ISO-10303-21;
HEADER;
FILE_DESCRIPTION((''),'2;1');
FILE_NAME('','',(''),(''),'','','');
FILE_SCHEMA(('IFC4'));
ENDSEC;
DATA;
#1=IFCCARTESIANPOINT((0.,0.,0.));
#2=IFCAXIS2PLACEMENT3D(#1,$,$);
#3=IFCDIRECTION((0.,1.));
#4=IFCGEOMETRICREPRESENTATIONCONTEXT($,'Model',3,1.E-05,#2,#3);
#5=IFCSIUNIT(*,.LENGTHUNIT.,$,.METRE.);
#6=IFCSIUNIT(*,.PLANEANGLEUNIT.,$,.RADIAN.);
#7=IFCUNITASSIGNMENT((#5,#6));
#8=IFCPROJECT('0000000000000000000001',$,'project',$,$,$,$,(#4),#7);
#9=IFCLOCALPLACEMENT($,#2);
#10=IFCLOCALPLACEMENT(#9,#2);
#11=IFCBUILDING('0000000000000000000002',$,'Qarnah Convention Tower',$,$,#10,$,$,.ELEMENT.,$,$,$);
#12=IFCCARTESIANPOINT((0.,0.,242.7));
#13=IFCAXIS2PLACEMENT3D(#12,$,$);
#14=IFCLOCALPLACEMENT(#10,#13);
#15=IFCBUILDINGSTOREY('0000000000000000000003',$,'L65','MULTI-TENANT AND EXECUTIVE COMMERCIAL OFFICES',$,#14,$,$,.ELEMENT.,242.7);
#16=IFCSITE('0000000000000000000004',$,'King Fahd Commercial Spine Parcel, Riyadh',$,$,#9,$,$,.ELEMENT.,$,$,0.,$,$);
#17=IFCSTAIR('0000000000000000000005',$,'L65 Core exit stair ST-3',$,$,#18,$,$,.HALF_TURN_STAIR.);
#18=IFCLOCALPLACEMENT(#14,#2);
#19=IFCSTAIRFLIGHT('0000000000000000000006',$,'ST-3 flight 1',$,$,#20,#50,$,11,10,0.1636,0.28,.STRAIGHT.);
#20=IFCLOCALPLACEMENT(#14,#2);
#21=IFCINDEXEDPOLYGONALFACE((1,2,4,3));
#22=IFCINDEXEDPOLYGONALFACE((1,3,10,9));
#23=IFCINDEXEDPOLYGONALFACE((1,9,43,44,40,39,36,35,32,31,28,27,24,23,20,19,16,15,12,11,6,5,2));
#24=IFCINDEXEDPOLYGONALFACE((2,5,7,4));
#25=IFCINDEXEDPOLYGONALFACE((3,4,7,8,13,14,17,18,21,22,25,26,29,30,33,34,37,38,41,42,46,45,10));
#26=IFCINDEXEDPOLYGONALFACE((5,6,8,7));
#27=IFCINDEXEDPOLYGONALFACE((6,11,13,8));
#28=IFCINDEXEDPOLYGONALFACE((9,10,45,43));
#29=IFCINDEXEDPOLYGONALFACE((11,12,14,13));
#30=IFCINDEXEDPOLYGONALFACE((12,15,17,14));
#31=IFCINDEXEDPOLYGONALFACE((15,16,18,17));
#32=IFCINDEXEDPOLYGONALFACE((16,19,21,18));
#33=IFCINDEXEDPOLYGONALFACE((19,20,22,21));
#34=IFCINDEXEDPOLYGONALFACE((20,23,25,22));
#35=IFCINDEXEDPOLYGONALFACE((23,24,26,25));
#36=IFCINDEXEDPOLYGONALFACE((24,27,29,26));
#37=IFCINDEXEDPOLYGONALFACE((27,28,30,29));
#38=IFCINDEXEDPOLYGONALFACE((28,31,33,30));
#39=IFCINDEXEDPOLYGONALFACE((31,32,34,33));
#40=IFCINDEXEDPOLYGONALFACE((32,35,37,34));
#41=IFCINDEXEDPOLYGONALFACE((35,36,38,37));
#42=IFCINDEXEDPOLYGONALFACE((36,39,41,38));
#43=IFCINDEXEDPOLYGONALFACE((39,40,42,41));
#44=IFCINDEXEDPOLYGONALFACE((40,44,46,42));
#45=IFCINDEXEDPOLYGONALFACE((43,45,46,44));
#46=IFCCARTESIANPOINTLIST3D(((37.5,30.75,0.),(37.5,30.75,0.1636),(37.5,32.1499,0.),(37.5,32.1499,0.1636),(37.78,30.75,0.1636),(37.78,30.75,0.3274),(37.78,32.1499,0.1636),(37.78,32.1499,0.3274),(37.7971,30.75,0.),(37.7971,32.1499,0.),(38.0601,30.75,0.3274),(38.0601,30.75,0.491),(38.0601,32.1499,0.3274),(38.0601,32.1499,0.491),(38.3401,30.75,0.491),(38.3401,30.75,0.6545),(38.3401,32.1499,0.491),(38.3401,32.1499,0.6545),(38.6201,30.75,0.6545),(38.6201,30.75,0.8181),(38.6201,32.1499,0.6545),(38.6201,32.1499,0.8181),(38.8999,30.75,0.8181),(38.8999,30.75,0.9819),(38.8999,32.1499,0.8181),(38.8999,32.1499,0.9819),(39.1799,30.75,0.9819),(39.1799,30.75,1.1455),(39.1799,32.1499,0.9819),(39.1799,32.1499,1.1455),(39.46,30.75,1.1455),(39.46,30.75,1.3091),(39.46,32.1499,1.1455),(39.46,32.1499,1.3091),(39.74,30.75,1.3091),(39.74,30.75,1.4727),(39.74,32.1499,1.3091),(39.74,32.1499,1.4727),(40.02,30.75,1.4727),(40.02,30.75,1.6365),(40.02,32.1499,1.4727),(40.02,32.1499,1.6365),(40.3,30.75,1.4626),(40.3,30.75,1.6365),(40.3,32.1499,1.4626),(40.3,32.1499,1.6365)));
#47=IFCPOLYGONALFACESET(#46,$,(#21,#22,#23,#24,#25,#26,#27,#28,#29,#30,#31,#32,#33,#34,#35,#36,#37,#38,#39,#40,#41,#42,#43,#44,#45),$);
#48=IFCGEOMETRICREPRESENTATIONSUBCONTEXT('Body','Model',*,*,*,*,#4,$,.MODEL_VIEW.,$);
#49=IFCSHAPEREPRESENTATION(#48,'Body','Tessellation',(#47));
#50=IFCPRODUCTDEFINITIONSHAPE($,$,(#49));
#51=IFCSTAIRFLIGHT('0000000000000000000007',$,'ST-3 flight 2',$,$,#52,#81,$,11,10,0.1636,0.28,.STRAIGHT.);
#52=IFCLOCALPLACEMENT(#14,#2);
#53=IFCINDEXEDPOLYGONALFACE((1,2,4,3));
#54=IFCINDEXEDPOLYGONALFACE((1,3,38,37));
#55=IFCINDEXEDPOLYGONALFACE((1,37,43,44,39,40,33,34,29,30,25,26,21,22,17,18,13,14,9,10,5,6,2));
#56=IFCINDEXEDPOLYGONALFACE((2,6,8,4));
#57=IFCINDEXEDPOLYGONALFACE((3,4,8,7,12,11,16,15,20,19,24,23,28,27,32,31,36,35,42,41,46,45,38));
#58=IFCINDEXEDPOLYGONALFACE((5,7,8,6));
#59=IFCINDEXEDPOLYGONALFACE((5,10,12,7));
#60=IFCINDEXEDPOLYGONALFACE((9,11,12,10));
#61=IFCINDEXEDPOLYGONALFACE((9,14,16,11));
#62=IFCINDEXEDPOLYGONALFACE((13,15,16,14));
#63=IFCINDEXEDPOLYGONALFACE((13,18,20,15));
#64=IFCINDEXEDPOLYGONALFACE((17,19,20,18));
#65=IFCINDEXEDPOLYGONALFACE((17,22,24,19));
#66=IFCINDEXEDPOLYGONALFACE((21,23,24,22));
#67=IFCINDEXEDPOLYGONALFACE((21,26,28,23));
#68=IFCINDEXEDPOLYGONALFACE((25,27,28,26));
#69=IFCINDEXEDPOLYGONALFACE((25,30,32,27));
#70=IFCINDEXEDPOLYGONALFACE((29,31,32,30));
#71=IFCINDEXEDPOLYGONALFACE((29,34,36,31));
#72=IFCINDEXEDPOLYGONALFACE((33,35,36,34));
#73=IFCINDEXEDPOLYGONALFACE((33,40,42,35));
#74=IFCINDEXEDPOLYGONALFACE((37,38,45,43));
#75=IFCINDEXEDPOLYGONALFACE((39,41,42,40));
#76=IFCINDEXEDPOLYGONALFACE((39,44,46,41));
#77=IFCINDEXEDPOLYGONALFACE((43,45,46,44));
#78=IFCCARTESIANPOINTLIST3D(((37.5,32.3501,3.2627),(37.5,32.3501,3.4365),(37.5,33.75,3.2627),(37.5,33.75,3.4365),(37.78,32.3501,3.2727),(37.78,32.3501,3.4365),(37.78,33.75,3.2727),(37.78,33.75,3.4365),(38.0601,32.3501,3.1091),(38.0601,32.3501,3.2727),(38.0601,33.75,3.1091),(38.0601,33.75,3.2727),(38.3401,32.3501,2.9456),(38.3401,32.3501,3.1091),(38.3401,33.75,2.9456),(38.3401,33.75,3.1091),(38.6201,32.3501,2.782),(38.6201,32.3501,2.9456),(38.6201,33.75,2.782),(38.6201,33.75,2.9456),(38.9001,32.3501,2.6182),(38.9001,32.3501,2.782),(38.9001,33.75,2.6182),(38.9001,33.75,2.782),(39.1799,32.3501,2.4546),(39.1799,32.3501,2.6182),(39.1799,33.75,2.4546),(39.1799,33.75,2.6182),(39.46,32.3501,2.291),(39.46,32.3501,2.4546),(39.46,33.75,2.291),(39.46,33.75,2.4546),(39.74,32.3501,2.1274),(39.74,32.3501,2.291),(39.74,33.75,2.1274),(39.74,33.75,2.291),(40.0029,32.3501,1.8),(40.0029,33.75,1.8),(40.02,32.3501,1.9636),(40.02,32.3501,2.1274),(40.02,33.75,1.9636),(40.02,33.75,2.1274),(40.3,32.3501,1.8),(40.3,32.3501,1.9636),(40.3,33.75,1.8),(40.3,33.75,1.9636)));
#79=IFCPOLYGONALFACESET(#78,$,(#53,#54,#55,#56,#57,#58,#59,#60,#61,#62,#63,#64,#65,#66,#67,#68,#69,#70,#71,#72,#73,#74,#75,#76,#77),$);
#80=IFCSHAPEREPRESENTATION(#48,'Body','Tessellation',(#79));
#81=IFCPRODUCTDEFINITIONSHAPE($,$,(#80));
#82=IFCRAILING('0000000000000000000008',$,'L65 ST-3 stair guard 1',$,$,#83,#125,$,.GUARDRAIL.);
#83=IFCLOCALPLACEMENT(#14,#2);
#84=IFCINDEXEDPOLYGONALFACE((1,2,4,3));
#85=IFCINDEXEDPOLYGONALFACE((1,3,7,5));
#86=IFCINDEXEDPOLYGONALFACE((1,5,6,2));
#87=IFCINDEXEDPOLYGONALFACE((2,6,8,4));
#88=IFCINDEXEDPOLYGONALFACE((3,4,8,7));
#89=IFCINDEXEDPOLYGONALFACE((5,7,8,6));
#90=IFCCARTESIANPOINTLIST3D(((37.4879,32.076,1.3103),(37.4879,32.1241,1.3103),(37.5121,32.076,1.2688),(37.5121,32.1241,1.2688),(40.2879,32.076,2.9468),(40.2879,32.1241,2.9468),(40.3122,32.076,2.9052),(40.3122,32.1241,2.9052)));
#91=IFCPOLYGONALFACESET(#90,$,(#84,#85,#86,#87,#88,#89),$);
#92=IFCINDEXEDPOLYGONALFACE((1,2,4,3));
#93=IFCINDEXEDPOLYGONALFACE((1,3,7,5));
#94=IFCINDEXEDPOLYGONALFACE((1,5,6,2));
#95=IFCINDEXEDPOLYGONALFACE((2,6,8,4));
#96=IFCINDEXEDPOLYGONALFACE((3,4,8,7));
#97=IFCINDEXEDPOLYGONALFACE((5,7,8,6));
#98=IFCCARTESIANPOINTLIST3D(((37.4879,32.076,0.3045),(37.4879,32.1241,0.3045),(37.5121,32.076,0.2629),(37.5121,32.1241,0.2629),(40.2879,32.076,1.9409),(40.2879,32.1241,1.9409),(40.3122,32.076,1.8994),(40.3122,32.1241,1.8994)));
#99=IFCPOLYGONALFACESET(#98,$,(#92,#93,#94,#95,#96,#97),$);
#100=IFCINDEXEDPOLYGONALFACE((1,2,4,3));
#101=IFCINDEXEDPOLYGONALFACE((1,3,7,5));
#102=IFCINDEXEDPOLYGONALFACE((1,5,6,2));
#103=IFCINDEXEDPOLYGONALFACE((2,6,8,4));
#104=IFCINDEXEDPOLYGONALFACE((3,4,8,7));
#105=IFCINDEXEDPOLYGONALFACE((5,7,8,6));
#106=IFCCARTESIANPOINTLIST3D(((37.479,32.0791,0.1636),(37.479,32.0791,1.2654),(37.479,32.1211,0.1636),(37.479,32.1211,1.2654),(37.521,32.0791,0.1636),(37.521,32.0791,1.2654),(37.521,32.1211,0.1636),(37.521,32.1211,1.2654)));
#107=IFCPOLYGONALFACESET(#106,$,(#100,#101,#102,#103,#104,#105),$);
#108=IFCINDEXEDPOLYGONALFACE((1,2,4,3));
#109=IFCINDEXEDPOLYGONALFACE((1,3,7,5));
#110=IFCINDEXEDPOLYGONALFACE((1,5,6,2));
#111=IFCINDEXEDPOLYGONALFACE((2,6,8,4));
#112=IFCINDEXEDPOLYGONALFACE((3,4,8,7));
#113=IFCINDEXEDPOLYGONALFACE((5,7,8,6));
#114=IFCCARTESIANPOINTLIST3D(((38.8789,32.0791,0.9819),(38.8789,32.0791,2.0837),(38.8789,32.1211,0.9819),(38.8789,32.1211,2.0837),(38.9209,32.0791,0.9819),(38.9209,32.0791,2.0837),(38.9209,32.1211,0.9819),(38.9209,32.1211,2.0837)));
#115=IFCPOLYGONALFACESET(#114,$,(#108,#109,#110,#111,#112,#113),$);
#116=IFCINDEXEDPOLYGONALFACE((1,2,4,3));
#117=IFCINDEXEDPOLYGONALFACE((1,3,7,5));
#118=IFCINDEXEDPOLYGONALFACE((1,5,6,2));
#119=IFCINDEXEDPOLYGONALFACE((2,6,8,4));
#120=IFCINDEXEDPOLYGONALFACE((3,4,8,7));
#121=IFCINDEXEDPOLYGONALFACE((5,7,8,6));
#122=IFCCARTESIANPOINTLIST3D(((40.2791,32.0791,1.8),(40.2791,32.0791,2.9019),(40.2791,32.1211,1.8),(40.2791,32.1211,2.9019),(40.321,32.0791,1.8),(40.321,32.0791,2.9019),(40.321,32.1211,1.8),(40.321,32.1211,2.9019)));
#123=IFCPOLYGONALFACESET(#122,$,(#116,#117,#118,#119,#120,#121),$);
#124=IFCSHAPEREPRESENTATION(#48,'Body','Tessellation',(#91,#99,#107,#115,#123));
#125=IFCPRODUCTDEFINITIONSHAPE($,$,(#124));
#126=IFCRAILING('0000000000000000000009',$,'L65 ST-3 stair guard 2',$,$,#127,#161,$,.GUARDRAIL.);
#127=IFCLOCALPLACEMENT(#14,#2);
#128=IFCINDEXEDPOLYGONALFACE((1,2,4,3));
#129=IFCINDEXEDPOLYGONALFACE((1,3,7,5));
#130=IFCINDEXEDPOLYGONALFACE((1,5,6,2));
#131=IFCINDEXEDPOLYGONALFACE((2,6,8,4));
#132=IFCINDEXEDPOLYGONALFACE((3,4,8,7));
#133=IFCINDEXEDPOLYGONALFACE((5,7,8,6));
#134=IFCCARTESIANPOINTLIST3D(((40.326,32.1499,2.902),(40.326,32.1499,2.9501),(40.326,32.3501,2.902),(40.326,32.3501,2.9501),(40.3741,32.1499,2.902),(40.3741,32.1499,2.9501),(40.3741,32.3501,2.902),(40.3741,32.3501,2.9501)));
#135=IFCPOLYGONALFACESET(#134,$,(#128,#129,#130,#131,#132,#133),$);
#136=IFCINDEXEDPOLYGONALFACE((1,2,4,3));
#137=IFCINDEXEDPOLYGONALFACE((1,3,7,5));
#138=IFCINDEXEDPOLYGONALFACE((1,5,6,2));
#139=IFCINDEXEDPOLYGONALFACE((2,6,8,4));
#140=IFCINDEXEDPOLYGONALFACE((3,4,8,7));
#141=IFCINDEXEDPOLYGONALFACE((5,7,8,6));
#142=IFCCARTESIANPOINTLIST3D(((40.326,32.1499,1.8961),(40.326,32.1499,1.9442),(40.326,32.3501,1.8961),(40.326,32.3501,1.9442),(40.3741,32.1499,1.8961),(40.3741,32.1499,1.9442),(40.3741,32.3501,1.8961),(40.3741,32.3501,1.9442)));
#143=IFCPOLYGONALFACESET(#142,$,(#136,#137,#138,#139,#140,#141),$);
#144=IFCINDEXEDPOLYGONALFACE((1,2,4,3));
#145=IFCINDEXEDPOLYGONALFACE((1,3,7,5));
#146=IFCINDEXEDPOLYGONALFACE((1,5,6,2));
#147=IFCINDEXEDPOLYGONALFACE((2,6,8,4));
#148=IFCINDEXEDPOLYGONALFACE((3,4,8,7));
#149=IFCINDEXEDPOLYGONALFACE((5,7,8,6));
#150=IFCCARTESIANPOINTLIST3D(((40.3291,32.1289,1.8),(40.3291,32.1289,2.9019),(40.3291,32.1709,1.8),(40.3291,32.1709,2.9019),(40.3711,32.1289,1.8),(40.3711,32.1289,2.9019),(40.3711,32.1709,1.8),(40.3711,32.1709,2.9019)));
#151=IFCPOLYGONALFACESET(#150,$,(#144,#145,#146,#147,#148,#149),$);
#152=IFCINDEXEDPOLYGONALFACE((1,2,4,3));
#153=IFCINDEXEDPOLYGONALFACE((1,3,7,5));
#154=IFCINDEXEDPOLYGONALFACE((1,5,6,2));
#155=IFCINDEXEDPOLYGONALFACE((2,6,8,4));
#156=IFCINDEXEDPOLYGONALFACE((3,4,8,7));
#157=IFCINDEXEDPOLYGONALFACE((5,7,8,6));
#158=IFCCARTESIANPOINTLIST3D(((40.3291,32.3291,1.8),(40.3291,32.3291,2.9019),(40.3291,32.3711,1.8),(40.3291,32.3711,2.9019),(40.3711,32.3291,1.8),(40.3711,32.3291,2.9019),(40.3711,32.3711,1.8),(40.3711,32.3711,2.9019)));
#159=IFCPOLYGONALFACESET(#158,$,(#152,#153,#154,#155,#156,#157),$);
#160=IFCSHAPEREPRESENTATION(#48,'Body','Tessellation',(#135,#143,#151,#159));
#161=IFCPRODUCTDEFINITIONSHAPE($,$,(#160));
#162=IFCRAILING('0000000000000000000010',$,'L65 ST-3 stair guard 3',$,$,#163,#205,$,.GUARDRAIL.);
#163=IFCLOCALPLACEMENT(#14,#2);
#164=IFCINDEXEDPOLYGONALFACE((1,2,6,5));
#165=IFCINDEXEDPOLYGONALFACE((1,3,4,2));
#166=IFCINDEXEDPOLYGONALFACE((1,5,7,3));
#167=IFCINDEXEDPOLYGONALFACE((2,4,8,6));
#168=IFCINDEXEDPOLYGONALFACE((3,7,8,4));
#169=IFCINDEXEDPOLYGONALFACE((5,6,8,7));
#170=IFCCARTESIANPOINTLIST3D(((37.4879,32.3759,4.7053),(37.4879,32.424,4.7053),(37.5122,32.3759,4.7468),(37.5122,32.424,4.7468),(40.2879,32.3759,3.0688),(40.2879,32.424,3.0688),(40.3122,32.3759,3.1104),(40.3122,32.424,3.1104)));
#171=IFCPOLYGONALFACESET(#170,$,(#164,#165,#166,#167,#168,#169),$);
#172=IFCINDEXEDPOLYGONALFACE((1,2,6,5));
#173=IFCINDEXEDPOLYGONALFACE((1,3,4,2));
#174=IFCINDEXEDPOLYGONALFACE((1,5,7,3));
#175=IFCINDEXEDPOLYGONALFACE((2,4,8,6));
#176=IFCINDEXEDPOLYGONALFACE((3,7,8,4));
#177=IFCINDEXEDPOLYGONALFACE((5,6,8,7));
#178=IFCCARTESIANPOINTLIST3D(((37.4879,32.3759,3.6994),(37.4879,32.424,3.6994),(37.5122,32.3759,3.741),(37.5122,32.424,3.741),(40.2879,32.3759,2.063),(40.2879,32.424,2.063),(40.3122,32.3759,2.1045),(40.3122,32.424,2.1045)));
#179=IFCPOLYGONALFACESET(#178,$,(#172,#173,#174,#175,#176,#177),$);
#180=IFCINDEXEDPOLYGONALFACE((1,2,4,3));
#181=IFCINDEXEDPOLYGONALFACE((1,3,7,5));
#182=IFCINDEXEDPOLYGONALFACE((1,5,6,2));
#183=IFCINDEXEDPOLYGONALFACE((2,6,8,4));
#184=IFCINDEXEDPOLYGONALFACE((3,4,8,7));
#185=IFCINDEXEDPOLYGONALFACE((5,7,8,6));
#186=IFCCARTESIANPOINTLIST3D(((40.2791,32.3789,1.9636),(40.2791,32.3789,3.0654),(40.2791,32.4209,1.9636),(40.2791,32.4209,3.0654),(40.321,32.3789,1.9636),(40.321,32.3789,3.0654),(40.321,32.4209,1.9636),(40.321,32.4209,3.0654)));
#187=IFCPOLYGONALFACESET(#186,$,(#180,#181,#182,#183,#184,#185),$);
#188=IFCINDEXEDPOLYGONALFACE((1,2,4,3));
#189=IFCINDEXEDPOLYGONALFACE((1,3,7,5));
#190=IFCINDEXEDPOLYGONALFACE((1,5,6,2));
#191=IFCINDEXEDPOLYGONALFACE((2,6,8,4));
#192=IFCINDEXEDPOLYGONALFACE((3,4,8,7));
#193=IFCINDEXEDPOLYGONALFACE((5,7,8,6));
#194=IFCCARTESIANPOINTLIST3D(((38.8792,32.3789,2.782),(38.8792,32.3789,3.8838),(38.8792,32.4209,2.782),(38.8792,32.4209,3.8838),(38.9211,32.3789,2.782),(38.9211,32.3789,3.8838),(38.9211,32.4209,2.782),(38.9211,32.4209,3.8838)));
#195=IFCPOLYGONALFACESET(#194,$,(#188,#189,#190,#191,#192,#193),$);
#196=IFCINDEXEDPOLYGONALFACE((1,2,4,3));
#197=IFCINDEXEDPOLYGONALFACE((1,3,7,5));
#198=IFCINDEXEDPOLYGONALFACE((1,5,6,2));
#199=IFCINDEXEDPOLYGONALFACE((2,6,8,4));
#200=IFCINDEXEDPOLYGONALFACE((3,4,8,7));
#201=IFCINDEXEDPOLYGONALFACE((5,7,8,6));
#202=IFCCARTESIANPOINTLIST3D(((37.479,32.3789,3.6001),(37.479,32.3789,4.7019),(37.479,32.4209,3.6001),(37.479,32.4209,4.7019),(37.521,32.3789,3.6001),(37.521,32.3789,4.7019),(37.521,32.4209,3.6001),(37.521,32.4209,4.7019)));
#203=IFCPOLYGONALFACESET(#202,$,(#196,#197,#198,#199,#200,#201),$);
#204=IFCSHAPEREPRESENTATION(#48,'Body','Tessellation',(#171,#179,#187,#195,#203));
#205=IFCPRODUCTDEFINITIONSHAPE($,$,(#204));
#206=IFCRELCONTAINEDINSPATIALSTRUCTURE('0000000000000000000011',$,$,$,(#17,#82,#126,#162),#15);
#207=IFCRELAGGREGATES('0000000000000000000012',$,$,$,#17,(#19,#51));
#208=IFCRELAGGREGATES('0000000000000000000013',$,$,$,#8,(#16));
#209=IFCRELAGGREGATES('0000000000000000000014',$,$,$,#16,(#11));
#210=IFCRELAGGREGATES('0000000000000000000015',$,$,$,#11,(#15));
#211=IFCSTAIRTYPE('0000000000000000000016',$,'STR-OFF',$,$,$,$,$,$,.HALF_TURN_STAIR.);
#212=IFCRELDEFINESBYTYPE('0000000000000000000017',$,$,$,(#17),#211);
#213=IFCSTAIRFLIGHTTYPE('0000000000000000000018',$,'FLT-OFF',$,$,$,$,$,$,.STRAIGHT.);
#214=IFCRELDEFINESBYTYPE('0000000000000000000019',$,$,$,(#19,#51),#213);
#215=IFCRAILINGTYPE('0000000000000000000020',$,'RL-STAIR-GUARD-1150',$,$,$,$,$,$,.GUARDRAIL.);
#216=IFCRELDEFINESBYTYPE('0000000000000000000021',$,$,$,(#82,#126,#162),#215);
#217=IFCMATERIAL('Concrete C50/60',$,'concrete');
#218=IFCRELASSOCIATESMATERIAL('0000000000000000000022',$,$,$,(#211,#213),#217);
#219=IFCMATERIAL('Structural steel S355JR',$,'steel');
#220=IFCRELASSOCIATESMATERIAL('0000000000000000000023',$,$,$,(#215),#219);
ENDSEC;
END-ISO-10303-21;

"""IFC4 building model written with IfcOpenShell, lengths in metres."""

from ifc_helpers import new_model, si_unit, direction, frame, origin, origin_2d, place, context, subcontext, project, spatial, polyline, rectangle, outline, extrude, material, type_object, element, aggregate, save


model = new_model("IFC4")

# Units and contexts
model_context = context("Model", 3, precision=1e-05, world=origin(), true_north=direction((0.0, 1.0)))
body_context = subcontext(model_context, "Body", "Model", "MODEL_VIEW")
ifc_project = project(units=[si_unit("LENGTHUNIT", "METRE"), si_unit("PLANEANGLEUNIT", "RADIAN")], contexts=[model_context])

# Site, building, storey
site_placement = place(None, origin())
site = spatial("IfcSite", under=ifc_project, at=site_placement, Name="King Fahd Commercial Spine Parcel, Riyadh", CompositionType="ELEMENT", RefElevation=0.0)
building_placement = place(site_placement, origin())
building = spatial("IfcBuilding", under=site, at=building_placement, Name="Qarnah Convention Tower", CompositionType="ELEMENT")
storey_placement = place(building_placement, frame((0.0, 0.0, 242.7)))
storey = spatial("IfcBuildingStorey", under=building, at=storey_placement, Name="L65", Description="MULTI-TENANT AND EXECUTIVE COMMERCIAL OFFICES", CompositionType="ELEMENT", Elevation=242.7)

# Shared definitions
ifc_material_1 = material(Name="Concrete C50/60", Category="concrete")

# Shared definitions
ifc_material_2 = material(Name="Structural steel S355JR", Category="steel")

# Stair, stair flights
stair_type = type_object("IfcStairType", Name="STR-OFF", PredefinedType="HALF_TURN_STAIR", material=ifc_material_1)
stair_placement = place(storey_placement, origin())
stair = element("IfcStair", 1, at=stair_placement, inside=storey, type_object=stair_type, Name="L65 Core exit stair ST-3", PredefinedType="HALF_TURN_STAIR")
stair_flight_type = type_object("IfcStairFlightType", Name="FLT-OFF", PredefinedType="STRAIGHT", material=ifc_material_1)
stair_flight_1_placement = place(storey_placement, frame((37.5, 31.45, 0.0), z_axis=(0.0, 0.0, 1.0), x_axis=(1.0, 0.0, 0.0)))
stair_flight_1 = element("IfcStairFlight", 2, at=stair_flight_1_placement, type_object=stair_flight_type, Name="ST-3 flight 1", NumberOfRisers=11, NumberOfTreads=10, PredefinedType="STRAIGHT", RiserHeight=0.1636, TreadLength=0.28, context=body_context, shape_type="SweptSolid", body=[
    extrude(outline(polyline([(0.0, 0.0), (0.0, 0.1636), (0.28, 0.1636), (0.28, 0.3274), (0.5601, 0.3274), (0.5601, 0.491), (0.8401, 0.491), (0.8401, 0.6545), (1.1201, 0.6545), (1.1201, 0.8181), (1.3999, 0.8181), (1.3999, 0.9819), (1.6799, 0.9819), (1.6799, 1.1455), (1.96, 1.1455), (1.96, 1.3091), (2.24, 1.3091), (2.24, 1.4727), (2.52, 1.4727), (2.52, 1.6365), (2.8, 1.6365), (2.8, 1.8), (2.8, 1.4626), (0.2971, 0.0), (0.0, 0.0)])), frame((0.0, 0.7, 0.0), z_axis=(0.0, -1.0, 0.0), x_axis=(1.0, 0.0, 0.0)), (0.0, 0.0, 1.0), 1.3999),
])
stair_flight_2_placement = place(storey_placement, frame((40.3, 33.05, 1.8), z_axis=(0.0, 0.0, 1.0), x_axis=(-1.0, 0.0, 0.0)))
stair_flight_2 = element("IfcStairFlight", 3, at=stair_flight_2_placement, type_object=stair_flight_type, Name="ST-3 flight 2", NumberOfRisers=11, NumberOfTreads=10, PredefinedType="STRAIGHT", RiserHeight=0.1636, TreadLength=0.28, context=body_context, shape_type="SweptSolid", body=[
    extrude(outline(polyline([(0.0, 0.0), (0.0, 0.1636), (0.28, 0.1636), (0.28, 0.3274), (0.5601, 0.3274), (0.5601, 0.491), (0.8401, 0.491), (0.8401, 0.6545), (1.1201, 0.6545), (1.1201, 0.8181), (1.3999, 0.8181), (1.3999, 0.9819), (1.6799, 0.9819), (1.6799, 1.1455), (1.96, 1.1455), (1.96, 1.3091), (2.24, 1.3091), (2.24, 1.4727), (2.52, 1.4727), (2.52, 1.6365), (2.8, 1.6365), (2.8, 1.8), (2.8, 1.4626), (0.2971, 0.0), (0.0, 0.0)])), frame((0.0, 0.7, 0.0), z_axis=(0.0, -1.0, 0.0), x_axis=(1.0, 0.0, 0.0)), (0.0, 0.0, 1.0), 1.3999),
])
aggregate(stair, [stair_flight_1, stair_flight_2])

# Railings
railing_type_1 = type_object("IfcRailingType", Name="RL-STAIR-GUARD-1150", PredefinedType="GUARDRAIL", material=ifc_material_2)
railing_1_placement = place(storey_placement, frame((37.5, 32.1001, 0.1636)))
element("IfcRailing", 4, at=railing_1_placement, inside=storey, type_object=railing_type_1, Name="L65 ST-3 stair guard 1", PredefinedType="GUARDRAIL", context=body_context, shape_type="SweptSolid", body=[
    extrude(rectangle(XDim=0.0481, YDim=0.0481, at=origin_2d()), frame((0.0, 0.0, 1.126), z_axis=(0.863361, 0.0, 0.504587), x_axis=(0.0, 1.0, 0.0)), (0.0, 0.0, 1.0), 3.2432),
    extrude(rectangle(XDim=0.0481, YDim=0.0481, at=origin_2d()), frame((0.0, 0.0, 0.1201), z_axis=(0.863361, 0.0, 0.504587), x_axis=(0.0, 1.0, 0.0)), (0.0, 0.0, 1.0), 3.2432),
    extrude(rectangle(XDim=0.042, YDim=0.042, at=origin_2d()), origin(), (0.0, 0.0, 1.0), 1.1018),
    extrude(rectangle(XDim=0.042, YDim=0.042, at=origin_2d()), frame((1.3999, 0.0, 0.8184)), (0.0, 0.0, 1.0), 1.1018),
    extrude(rectangle(XDim=0.042, YDim=0.042, at=origin_2d()), frame((2.8, 0.0, 1.6365)), (0.0, 0.0, 1.0), 1.1018),
])
railing_2_placement = place(storey_placement, frame((40.3501, 32.1499, 1.8)))
element("IfcRailing", 5, at=railing_2_placement, inside=storey, type_object=railing_type_1, Name="L65 ST-3 stair guard 2", PredefinedType="GUARDRAIL", context=body_context, shape_type="SweptSolid", body=[
    extrude(rectangle(XDim=0.0481, YDim=0.0481, at=origin_2d()), frame((0.0, 0.0, 1.126), z_axis=(0.0, 1.0, 0.0), x_axis=(-1.0, 0.0, 0.0)), (0.0, 0.0, 1.0), 0.2002),
    extrude(rectangle(XDim=0.0481, YDim=0.0481, at=origin_2d()), frame((0.0, 0.0, 0.1201), z_axis=(0.0, 1.0, 0.0), x_axis=(-1.0, 0.0, 0.0)), (0.0, 0.0, 1.0), 0.2002),
    extrude(rectangle(XDim=0.042, YDim=0.042, at=origin_2d()), origin(), (0.0, 0.0, 1.0), 1.1018),
    extrude(rectangle(XDim=0.042, YDim=0.042, at=origin_2d()), frame((0.0, 0.2002, 0.0)), (0.0, 0.0, 1.0), 1.1018),
])
railing_3_placement = place(storey_placement, frame((40.3, 32.3999, 1.9636)))
element("IfcRailing", 6, at=railing_3_placement, inside=storey, type_object=railing_type_1, Name="L65 ST-3 stair guard 3", PredefinedType="GUARDRAIL", context=body_context, shape_type="SweptSolid", body=[
    extrude(rectangle(XDim=0.0481, YDim=0.0481, at=origin_2d()), frame((0.0, 0.0, 1.126), z_axis=(-0.863361, 0.0, 0.504587), x_axis=(0.0, -1.0, 0.0)), (0.0, 0.0, 1.0), 3.2432),
    extrude(rectangle(XDim=0.0481, YDim=0.0481, at=origin_2d()), frame((0.0, 0.0, 0.1201), z_axis=(-0.863361, 0.0, 0.504587), x_axis=(0.0, -1.0, 0.0)), (0.0, 0.0, 1.0), 3.2432),
    extrude(rectangle(XDim=0.042, YDim=0.042, at=origin_2d()), origin(), (0.0, 0.0, 1.0), 1.1018),
    extrude(rectangle(XDim=0.042, YDim=0.042, at=origin_2d()), frame((-1.3999, 0.0, 0.8184)), (0.0, 0.0, 1.0), 1.1018),
    extrude(rectangle(XDim=0.042, YDim=0.042, at=origin_2d()), frame((-2.8, 0.0, 1.6365)), (0.0, 0.0, 1.0), 1.1018),
])

save(model, "model.ifc")
